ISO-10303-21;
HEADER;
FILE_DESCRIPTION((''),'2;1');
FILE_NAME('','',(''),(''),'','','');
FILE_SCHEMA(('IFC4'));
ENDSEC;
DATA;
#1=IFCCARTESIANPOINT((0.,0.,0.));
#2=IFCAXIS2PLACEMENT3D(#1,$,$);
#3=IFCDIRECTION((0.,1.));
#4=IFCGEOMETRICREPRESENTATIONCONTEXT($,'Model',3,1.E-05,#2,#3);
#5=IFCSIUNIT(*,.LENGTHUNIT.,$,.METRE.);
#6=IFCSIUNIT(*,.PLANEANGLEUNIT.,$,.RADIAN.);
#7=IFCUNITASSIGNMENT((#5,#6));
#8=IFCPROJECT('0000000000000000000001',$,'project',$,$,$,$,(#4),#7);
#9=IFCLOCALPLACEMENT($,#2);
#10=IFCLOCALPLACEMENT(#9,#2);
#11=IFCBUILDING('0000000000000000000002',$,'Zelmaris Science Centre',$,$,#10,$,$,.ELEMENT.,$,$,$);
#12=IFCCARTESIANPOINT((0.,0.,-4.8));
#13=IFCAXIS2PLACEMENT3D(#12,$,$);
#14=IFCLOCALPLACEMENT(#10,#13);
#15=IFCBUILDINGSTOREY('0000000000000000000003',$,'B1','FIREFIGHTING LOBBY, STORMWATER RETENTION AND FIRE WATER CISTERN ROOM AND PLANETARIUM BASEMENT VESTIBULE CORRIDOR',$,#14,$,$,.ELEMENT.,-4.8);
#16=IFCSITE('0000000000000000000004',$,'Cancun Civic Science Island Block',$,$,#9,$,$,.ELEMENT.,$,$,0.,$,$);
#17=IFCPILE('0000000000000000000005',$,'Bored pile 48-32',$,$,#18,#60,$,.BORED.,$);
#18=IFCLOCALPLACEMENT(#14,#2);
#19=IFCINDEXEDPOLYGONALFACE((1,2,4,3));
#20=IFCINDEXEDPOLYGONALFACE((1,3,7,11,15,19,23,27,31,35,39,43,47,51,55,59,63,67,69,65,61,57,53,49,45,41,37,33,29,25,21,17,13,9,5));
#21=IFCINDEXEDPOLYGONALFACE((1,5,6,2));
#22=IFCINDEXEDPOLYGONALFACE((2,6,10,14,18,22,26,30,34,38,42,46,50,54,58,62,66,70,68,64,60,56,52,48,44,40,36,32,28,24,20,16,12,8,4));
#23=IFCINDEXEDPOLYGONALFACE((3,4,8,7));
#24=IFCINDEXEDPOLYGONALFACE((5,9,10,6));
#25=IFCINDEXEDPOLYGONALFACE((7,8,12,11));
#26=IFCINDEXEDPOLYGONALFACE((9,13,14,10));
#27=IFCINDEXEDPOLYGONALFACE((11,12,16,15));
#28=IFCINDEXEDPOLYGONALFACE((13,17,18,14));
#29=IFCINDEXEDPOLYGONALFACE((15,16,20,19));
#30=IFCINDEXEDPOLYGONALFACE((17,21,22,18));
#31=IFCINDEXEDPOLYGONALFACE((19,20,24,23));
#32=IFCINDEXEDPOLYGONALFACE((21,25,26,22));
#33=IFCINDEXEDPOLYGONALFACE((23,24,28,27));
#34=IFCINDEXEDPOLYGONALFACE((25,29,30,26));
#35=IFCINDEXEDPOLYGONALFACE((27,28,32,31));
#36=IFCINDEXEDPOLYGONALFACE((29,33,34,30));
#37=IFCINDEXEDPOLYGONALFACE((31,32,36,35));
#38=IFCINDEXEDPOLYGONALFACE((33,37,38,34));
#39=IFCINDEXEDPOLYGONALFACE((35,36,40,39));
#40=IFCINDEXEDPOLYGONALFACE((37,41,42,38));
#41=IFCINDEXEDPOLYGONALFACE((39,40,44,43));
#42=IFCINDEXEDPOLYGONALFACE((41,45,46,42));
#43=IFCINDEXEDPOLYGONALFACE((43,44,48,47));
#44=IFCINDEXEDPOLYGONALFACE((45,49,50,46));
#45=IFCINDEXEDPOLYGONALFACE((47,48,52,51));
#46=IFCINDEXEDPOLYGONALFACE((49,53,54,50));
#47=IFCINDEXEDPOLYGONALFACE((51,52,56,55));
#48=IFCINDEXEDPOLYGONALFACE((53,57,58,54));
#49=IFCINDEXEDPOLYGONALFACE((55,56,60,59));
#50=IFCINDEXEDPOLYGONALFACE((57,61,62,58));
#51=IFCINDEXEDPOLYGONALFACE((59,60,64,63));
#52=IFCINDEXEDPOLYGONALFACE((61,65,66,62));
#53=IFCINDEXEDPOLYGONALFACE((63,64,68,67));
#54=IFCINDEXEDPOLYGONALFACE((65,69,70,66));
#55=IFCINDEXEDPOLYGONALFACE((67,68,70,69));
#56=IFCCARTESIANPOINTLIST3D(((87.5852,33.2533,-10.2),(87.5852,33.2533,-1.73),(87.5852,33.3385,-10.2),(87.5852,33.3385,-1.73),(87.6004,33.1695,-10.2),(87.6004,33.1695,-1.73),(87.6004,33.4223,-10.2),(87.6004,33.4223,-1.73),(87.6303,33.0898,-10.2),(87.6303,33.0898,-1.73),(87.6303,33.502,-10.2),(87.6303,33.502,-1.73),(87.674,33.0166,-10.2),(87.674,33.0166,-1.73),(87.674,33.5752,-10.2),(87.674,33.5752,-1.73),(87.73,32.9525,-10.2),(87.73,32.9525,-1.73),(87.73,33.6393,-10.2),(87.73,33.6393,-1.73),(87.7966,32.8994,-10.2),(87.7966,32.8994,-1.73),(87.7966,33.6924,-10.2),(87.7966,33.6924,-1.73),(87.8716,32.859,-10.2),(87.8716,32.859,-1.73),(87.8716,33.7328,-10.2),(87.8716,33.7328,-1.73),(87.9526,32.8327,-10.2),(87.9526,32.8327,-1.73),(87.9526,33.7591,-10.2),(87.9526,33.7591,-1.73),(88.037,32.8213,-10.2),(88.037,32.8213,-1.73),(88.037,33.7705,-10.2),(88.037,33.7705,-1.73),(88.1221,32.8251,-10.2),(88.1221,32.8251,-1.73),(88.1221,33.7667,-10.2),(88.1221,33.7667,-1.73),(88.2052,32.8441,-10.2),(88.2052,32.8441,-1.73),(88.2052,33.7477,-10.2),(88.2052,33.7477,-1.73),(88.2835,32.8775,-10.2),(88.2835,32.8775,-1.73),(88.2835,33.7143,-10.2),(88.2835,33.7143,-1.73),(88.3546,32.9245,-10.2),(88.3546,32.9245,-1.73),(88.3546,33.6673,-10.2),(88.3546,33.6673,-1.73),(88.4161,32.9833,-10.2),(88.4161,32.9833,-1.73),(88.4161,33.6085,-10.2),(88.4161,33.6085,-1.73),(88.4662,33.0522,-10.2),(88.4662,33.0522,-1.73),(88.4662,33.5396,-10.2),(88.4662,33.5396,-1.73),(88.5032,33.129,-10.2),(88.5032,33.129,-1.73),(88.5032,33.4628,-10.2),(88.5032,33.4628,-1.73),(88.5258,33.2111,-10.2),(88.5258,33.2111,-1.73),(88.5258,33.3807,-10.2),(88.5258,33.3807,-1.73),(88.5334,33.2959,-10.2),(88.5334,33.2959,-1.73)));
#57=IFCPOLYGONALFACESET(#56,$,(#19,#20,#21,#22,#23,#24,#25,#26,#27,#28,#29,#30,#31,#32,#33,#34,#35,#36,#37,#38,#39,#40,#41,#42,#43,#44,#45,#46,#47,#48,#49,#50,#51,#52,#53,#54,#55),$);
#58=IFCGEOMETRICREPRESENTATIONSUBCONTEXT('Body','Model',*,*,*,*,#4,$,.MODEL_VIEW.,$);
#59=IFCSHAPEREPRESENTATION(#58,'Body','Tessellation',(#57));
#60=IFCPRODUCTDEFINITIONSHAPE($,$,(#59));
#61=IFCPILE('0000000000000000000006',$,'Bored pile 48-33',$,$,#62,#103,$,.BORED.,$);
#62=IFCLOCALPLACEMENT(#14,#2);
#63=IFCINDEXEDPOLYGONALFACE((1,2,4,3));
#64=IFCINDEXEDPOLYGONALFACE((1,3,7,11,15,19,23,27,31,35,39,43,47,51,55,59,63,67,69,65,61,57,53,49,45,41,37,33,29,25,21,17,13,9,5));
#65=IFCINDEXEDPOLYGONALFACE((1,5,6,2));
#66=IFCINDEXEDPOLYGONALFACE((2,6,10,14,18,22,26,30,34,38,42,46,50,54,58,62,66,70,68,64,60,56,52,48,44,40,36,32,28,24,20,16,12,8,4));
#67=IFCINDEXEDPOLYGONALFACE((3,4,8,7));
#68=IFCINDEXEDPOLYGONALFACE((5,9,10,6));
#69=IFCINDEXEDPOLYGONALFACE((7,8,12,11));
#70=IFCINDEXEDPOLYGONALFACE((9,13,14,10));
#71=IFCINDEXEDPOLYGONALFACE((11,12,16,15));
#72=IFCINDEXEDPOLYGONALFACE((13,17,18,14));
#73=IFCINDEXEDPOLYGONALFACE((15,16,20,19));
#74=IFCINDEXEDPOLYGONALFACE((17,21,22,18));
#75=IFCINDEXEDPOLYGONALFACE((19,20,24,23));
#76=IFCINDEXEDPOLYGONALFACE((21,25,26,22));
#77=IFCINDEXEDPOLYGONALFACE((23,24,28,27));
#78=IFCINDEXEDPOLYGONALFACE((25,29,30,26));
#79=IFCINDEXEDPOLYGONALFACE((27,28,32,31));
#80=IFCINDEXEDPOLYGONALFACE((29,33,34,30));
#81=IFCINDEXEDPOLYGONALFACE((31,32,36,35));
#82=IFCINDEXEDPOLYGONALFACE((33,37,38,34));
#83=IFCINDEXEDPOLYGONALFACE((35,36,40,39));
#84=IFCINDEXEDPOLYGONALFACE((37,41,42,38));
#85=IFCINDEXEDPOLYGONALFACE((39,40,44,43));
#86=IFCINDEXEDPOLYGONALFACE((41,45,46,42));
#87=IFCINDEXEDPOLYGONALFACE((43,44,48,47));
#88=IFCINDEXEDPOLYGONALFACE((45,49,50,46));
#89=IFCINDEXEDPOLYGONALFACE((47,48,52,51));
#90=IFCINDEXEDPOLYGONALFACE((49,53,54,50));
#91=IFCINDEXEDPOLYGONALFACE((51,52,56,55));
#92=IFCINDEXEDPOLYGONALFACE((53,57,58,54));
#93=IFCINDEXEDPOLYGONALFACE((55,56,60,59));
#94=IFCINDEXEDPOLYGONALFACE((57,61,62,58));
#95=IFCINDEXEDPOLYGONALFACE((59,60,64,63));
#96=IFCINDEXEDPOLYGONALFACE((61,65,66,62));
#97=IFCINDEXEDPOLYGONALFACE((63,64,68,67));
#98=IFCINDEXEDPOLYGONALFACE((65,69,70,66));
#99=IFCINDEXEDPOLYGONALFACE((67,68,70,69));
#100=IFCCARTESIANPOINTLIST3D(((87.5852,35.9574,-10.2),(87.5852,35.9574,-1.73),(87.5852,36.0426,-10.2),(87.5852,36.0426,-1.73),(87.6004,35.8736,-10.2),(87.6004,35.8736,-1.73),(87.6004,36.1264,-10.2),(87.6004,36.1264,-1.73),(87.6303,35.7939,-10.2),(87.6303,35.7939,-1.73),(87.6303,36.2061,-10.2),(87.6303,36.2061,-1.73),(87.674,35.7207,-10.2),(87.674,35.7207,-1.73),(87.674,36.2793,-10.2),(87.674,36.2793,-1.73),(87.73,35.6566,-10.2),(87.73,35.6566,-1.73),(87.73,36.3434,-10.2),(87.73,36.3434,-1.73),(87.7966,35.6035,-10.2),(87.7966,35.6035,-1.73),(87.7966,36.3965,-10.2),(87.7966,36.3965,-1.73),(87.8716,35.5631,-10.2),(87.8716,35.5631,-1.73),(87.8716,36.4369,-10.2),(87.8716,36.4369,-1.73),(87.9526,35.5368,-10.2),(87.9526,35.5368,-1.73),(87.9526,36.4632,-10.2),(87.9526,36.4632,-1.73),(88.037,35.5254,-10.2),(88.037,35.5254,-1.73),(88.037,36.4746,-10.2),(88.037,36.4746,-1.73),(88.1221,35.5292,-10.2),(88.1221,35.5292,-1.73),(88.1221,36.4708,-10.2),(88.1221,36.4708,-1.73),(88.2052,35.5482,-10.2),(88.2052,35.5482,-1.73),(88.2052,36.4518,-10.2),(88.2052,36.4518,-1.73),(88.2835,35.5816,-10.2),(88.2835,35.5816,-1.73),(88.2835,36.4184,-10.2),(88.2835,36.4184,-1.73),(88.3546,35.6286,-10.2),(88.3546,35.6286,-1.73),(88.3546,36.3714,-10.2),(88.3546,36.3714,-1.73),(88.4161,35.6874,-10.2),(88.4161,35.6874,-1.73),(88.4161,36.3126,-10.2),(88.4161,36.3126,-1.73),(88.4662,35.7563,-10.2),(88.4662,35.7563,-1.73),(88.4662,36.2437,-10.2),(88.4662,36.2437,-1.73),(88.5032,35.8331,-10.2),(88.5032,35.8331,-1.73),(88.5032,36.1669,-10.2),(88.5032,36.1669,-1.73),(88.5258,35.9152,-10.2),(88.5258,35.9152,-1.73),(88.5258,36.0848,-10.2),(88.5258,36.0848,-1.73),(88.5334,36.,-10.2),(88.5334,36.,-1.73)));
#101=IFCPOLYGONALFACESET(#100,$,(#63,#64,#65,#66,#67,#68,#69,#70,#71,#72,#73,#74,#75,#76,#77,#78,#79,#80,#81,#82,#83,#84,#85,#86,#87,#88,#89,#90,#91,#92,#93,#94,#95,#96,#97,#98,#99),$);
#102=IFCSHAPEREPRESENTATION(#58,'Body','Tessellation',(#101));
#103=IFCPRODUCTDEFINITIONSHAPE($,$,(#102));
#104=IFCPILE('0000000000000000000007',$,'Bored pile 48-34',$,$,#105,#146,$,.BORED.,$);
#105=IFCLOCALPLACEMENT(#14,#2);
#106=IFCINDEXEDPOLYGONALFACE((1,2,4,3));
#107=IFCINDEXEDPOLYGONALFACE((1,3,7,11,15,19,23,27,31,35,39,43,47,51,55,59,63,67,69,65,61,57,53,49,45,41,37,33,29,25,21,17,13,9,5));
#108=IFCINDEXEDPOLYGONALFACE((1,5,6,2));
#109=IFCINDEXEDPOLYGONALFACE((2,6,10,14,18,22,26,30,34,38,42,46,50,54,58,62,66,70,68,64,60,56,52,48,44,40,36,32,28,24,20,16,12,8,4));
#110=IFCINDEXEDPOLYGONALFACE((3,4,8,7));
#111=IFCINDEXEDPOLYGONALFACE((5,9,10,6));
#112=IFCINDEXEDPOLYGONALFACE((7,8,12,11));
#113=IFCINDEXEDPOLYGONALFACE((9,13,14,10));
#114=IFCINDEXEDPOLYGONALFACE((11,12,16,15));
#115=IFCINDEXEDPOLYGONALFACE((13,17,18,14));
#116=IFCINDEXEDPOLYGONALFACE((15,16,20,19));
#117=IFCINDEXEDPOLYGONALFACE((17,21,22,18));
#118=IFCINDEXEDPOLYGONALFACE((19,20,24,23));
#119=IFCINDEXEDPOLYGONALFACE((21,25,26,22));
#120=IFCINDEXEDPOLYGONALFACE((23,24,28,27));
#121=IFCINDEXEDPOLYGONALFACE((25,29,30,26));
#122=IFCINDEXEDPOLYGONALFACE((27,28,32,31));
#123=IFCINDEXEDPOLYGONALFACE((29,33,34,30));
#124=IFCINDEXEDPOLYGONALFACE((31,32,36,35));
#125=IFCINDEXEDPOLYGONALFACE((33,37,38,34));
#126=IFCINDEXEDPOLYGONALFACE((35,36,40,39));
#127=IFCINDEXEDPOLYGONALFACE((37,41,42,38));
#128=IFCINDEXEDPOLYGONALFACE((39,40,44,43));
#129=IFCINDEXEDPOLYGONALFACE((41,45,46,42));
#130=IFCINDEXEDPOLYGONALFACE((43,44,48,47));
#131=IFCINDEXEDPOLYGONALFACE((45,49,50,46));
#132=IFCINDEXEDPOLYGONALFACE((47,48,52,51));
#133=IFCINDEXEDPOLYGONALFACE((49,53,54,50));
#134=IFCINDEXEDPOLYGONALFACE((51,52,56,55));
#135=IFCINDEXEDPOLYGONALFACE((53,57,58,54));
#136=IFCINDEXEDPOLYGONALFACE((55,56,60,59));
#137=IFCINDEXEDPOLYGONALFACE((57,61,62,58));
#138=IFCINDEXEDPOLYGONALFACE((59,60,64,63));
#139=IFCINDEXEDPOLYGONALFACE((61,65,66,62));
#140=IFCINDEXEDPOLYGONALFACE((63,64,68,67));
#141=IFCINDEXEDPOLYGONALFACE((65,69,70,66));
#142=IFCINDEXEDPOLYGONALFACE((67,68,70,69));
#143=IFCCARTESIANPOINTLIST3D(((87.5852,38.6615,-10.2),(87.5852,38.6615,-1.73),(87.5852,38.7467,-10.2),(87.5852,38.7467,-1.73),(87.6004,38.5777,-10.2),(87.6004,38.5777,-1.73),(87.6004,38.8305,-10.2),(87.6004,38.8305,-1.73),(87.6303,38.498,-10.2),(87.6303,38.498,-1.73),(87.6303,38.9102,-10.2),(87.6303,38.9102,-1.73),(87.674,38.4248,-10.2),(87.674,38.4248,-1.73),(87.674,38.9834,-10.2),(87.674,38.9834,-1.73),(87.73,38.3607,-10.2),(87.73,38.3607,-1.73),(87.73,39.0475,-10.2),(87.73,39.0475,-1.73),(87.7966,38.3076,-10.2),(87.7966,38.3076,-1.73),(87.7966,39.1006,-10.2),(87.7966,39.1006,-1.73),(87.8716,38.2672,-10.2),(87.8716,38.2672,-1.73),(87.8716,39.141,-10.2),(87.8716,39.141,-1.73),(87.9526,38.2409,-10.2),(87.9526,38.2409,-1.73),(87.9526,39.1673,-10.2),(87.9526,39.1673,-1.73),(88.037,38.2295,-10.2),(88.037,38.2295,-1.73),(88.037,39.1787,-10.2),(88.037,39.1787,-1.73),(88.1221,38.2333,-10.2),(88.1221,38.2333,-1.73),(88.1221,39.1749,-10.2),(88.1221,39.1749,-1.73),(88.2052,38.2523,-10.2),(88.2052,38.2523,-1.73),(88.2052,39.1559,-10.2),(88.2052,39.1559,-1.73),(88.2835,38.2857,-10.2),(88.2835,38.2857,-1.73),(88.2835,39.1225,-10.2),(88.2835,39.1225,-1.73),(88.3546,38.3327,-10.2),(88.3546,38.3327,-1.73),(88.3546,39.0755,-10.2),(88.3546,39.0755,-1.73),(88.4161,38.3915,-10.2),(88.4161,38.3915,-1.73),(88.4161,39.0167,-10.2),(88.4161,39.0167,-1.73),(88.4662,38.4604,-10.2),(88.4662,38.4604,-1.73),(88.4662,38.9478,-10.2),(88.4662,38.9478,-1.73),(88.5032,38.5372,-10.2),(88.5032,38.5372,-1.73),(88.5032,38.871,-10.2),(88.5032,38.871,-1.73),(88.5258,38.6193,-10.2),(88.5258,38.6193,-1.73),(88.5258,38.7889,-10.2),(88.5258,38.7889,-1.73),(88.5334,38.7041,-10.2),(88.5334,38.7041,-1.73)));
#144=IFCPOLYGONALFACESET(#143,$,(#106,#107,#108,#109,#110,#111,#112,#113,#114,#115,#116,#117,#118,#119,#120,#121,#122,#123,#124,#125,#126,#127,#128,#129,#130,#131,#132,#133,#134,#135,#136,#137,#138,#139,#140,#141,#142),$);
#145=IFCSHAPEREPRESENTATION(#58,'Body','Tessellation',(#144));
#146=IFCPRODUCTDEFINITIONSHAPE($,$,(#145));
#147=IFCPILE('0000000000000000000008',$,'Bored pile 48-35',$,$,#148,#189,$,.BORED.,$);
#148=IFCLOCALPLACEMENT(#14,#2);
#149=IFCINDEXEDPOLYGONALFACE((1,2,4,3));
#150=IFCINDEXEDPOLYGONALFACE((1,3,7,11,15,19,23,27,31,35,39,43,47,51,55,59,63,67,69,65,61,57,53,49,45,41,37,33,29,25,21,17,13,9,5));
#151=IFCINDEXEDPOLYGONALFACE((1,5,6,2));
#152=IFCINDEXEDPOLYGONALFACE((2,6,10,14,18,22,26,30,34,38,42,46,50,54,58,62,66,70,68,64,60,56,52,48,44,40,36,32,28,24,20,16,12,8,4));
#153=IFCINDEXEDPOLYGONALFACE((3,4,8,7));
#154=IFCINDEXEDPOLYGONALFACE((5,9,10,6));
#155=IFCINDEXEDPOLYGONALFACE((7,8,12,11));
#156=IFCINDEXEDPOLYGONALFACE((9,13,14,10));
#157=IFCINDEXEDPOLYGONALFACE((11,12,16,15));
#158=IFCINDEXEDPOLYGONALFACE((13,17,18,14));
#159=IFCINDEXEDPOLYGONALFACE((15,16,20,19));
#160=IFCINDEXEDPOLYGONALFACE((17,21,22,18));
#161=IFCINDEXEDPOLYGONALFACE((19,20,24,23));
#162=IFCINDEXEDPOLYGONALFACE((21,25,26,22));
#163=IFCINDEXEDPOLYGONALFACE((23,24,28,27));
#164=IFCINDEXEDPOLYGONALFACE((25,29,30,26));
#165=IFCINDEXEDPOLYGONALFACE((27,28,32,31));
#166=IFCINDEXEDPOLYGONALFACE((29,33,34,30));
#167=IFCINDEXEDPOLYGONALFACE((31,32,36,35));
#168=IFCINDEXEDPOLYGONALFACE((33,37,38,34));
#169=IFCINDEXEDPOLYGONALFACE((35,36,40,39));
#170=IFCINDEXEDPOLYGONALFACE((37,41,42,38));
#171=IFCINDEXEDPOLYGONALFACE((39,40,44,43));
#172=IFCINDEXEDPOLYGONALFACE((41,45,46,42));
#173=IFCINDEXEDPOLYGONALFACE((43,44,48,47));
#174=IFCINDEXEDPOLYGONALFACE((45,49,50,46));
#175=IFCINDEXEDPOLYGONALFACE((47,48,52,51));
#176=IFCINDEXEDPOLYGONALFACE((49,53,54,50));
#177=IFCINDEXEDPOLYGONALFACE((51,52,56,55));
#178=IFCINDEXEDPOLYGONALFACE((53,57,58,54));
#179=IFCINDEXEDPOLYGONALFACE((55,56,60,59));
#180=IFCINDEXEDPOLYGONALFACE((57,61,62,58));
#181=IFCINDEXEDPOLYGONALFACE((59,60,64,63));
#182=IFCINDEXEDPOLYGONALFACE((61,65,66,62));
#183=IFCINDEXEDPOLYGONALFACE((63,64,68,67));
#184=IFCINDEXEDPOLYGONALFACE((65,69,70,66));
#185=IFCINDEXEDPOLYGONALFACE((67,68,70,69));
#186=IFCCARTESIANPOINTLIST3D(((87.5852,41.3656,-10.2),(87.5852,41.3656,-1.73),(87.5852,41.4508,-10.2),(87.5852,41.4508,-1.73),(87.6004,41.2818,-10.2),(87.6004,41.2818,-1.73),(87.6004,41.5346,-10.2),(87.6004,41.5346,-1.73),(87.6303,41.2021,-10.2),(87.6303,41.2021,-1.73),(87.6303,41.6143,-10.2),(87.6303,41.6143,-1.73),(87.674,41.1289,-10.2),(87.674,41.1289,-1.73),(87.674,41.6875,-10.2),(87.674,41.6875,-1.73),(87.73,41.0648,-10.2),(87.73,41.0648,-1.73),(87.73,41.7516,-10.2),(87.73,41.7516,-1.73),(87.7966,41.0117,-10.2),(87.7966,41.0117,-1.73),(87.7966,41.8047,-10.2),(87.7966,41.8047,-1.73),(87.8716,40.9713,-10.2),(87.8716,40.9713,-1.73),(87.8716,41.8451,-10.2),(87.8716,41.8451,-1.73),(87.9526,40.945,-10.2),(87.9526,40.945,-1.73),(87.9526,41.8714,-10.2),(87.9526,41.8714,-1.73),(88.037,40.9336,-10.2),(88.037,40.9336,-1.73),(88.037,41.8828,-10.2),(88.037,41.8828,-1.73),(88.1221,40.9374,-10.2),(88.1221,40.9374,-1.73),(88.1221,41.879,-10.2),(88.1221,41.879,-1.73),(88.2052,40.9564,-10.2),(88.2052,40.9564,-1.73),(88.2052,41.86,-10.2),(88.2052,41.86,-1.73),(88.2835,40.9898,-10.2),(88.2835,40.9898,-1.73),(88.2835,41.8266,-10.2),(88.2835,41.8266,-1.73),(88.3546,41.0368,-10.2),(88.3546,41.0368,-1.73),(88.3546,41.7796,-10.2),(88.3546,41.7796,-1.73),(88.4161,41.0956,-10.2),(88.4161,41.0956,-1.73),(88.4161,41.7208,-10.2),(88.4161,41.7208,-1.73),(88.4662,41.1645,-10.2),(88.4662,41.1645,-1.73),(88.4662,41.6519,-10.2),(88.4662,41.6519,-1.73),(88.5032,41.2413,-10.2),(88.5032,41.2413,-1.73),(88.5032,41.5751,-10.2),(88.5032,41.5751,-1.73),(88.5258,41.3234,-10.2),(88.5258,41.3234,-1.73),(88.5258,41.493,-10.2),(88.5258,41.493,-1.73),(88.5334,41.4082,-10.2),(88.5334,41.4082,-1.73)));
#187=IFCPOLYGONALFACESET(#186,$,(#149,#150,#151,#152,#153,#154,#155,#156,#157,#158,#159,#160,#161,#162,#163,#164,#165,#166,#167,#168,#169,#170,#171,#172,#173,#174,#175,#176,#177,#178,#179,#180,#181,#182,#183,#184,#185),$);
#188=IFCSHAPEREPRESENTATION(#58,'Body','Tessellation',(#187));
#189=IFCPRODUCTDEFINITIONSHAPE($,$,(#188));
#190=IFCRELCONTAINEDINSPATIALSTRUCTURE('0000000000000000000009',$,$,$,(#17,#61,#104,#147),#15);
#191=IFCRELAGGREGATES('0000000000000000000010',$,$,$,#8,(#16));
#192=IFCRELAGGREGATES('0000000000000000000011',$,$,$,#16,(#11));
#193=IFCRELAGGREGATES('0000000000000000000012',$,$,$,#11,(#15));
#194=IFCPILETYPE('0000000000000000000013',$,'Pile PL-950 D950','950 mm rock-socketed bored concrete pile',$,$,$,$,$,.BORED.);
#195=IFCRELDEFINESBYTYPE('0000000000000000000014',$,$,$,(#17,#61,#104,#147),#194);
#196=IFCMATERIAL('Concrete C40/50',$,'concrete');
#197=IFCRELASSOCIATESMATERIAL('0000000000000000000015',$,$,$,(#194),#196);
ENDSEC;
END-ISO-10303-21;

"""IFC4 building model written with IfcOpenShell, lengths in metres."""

from ifc_helpers import new_model, si_unit, direction, frame, origin, origin_2d, place, context, subcontext, project, spatial, circle, extrude, material, material_profile, profile_set, type_object, element, save


model = new_model("IFC4")

# Units and contexts
model_context = context("Model", 3, precision=1e-05, world=origin(), true_north=direction((0.0, 1.0)))
body_context = subcontext(model_context, "Body", "Model", "MODEL_VIEW")
ifc_project = project(units=[si_unit("LENGTHUNIT", "METRE"), si_unit("PLANEANGLEUNIT", "RADIAN")], contexts=[model_context])

# Site, building, storey
site_placement = place(None, origin())
site = spatial("IfcSite", under=ifc_project, at=site_placement, Name="Cancun Civic Science Island Block", CompositionType="ELEMENT", RefElevation=0.0)
building_placement = place(site_placement, origin())
building = spatial("IfcBuilding", under=site, at=building_placement, Name="Zelmaris Science Centre", CompositionType="ELEMENT")
storey_placement = place(building_placement, frame((0.0, 0.0, -4.8)))
storey = spatial("IfcBuildingStorey", under=building, at=storey_placement, Name="B1", Description="FIREFIGHTING LOBBY, STORMWATER RETENTION AND FIRE WATER CISTERN ROOM AND PLANETARIUM BASEMENT VESTIBULE CORRIDOR", CompositionType="ELEMENT", Elevation=-4.8)

# Piles
ifc_material_1 = material(Name="Concrete C40/50", Category="concrete")
ifc_material_profile_1 = material_profile(ifc_material_1, circle(Radius=0.4751, at=origin_2d()), Name="PILE-950")
ifc_profile_set_1 = profile_set([ifc_material_profile_1], Name="Concrete C40/50")
pile_type = type_object("IfcPileType", Name="Pile PL-950 D950", Description="950 mm rock-socketed bored concrete pile", PredefinedType="BORED", material=ifc_profile_set_1)
for number, where, z_axis, x_axis, name in (
    (1, (88.0583, 33.2959, -1.73), (0.0, 0.0, -1.0), (1.0, 0.0, 0.0), "Bored pile 48-32"),
    (2, (88.0583, 36.0, -1.73), (0.0, 0.0, -1.0), (1.0, 0.0, 0.0), "Bored pile 48-33"),
    (3, (88.0583, 38.7041, -1.73), (0.0, 0.0, -1.0), (1.0, 0.0, 0.0), "Bored pile 48-34"),
    (4, (88.0583, 41.4082, -1.73), (0.0, 0.0, -1.0), (1.0, 0.0, 0.0), "Bored pile 48-35"),
):
    element("IfcPile", number, at=place(storey_placement, frame(where, z_axis=z_axis, x_axis=x_axis)), inside=storey, type_object=pile_type, Name=name, PredefinedType="BORED", context=body_context, shape_type="SweptSolid", body=[
        extrude(circle(Radius=0.4751, at=origin_2d()), origin(), (0.0, 0.0, 1.0), 8.47),
    ])

save(model, "model.ifc")
